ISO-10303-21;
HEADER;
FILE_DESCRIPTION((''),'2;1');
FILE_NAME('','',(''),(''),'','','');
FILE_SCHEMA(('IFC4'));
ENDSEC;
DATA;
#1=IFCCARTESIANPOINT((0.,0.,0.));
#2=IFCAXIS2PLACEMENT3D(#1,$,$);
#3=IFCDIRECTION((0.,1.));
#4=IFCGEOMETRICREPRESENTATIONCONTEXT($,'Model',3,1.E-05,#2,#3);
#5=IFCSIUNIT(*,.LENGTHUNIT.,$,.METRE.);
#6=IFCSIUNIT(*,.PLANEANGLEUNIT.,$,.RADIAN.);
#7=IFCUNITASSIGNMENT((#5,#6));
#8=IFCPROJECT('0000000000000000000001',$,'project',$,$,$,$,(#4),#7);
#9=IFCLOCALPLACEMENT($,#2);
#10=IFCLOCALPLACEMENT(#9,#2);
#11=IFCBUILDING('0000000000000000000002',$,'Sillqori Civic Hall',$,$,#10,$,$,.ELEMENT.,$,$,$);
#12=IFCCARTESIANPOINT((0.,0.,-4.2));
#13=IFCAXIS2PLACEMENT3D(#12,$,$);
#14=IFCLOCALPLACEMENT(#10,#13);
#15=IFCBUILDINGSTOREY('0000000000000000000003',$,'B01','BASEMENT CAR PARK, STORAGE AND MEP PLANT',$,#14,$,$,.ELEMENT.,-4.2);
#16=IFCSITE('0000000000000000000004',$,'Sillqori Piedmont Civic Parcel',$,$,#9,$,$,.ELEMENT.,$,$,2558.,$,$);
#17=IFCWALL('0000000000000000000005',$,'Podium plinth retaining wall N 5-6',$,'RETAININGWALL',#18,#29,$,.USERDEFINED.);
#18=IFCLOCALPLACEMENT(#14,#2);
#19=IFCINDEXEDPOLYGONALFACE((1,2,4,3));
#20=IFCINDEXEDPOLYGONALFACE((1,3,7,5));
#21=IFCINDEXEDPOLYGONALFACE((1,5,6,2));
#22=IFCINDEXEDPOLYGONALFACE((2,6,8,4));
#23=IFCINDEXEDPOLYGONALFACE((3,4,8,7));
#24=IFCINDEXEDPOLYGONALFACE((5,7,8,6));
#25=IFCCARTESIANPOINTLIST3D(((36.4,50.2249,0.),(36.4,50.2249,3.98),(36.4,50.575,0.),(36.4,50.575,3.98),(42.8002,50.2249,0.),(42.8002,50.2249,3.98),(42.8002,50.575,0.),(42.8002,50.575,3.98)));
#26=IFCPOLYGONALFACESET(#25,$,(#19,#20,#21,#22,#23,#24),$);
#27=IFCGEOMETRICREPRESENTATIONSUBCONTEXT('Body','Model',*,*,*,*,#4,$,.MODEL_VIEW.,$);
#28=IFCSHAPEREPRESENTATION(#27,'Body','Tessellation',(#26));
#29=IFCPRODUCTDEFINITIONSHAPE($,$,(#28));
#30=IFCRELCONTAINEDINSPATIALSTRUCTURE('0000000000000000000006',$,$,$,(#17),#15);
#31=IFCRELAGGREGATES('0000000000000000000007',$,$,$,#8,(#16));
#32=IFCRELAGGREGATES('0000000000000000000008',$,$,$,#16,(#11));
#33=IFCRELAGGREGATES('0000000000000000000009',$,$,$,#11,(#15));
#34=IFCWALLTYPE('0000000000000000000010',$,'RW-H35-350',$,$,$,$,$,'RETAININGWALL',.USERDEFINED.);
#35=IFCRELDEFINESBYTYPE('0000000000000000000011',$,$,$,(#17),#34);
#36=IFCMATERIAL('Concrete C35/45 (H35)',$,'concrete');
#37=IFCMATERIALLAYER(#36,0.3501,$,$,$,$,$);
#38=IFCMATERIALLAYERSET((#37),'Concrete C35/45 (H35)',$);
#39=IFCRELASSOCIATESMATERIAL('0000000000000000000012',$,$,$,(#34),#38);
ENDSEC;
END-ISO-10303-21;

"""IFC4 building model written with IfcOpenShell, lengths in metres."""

from ifc_helpers import new_model, si_unit, direction, frame, frame_2d, origin, place, context, subcontext, project, spatial, rectangle, extrude, material, layer, layer_set, type_object, element, save


model = new_model("IFC4")

# Units and contexts
model_context = context("Model", 3, precision=1e-05, world=origin(), true_north=direction((0.0, 1.0)))
body_context = subcontext(model_context, "Body", "Model", "MODEL_VIEW")
ifc_project = project(units=[si_unit("LENGTHUNIT", "METRE"), si_unit("PLANEANGLEUNIT", "RADIAN")], contexts=[model_context])

# Site, building, storey
site_placement = place(None, origin())
site = spatial("IfcSite", under=ifc_project, at=site_placement, Name="Sillqori Piedmont Civic Parcel", CompositionType="ELEMENT", RefElevation=2558.0)
building_placement = place(site_placement, origin())
building = spatial("IfcBuilding", under=site, at=building_placement, Name="Sillqori Civic Hall", CompositionType="ELEMENT")
storey_placement = place(building_placement, frame((0.0, 0.0, -4.2)))
storey = spatial("IfcBuildingStorey", under=building, at=storey_placement, Name="B01", Description="BASEMENT CAR PARK, STORAGE AND MEP PLANT", CompositionType="ELEMENT", Elevation=-4.2)

# Shared definitions
ifc_material_1 = material(Name="Concrete C35/45 (H35)", Category="concrete")

# Wall
ifc_layer = layer(ifc_material_1, 0.3501)
ifc_layer_set = layer_set([ifc_layer], Name="Concrete C35/45 (H35)")
wall_type = type_object("IfcWallType", Name="RW-H35-350", ElementType="RETAININGWALL", PredefinedType="USERDEFINED", material=ifc_layer_set)
wall_1_placement = place(storey_placement, frame((36.3999, 50.3999, 0.0), z_axis=(0.0, 0.0, 1.0), x_axis=(1.0, 0.0, 0.0)))
element("IfcWall", 1, at=wall_1_placement, inside=storey, type_object=wall_type, Name="Podium plinth retaining wall N 5-6", ObjectType="RETAININGWALL", PredefinedType="USERDEFINED", context=body_context, shape_type="SweptSolid", body=[
    extrude(rectangle(XDim=6.4001, YDim=0.3501, at=frame_2d((3.2002, 0.0))), origin(), (0.0, 0.0, 1.0), 3.98),
])

save(model, "model.ifc")
